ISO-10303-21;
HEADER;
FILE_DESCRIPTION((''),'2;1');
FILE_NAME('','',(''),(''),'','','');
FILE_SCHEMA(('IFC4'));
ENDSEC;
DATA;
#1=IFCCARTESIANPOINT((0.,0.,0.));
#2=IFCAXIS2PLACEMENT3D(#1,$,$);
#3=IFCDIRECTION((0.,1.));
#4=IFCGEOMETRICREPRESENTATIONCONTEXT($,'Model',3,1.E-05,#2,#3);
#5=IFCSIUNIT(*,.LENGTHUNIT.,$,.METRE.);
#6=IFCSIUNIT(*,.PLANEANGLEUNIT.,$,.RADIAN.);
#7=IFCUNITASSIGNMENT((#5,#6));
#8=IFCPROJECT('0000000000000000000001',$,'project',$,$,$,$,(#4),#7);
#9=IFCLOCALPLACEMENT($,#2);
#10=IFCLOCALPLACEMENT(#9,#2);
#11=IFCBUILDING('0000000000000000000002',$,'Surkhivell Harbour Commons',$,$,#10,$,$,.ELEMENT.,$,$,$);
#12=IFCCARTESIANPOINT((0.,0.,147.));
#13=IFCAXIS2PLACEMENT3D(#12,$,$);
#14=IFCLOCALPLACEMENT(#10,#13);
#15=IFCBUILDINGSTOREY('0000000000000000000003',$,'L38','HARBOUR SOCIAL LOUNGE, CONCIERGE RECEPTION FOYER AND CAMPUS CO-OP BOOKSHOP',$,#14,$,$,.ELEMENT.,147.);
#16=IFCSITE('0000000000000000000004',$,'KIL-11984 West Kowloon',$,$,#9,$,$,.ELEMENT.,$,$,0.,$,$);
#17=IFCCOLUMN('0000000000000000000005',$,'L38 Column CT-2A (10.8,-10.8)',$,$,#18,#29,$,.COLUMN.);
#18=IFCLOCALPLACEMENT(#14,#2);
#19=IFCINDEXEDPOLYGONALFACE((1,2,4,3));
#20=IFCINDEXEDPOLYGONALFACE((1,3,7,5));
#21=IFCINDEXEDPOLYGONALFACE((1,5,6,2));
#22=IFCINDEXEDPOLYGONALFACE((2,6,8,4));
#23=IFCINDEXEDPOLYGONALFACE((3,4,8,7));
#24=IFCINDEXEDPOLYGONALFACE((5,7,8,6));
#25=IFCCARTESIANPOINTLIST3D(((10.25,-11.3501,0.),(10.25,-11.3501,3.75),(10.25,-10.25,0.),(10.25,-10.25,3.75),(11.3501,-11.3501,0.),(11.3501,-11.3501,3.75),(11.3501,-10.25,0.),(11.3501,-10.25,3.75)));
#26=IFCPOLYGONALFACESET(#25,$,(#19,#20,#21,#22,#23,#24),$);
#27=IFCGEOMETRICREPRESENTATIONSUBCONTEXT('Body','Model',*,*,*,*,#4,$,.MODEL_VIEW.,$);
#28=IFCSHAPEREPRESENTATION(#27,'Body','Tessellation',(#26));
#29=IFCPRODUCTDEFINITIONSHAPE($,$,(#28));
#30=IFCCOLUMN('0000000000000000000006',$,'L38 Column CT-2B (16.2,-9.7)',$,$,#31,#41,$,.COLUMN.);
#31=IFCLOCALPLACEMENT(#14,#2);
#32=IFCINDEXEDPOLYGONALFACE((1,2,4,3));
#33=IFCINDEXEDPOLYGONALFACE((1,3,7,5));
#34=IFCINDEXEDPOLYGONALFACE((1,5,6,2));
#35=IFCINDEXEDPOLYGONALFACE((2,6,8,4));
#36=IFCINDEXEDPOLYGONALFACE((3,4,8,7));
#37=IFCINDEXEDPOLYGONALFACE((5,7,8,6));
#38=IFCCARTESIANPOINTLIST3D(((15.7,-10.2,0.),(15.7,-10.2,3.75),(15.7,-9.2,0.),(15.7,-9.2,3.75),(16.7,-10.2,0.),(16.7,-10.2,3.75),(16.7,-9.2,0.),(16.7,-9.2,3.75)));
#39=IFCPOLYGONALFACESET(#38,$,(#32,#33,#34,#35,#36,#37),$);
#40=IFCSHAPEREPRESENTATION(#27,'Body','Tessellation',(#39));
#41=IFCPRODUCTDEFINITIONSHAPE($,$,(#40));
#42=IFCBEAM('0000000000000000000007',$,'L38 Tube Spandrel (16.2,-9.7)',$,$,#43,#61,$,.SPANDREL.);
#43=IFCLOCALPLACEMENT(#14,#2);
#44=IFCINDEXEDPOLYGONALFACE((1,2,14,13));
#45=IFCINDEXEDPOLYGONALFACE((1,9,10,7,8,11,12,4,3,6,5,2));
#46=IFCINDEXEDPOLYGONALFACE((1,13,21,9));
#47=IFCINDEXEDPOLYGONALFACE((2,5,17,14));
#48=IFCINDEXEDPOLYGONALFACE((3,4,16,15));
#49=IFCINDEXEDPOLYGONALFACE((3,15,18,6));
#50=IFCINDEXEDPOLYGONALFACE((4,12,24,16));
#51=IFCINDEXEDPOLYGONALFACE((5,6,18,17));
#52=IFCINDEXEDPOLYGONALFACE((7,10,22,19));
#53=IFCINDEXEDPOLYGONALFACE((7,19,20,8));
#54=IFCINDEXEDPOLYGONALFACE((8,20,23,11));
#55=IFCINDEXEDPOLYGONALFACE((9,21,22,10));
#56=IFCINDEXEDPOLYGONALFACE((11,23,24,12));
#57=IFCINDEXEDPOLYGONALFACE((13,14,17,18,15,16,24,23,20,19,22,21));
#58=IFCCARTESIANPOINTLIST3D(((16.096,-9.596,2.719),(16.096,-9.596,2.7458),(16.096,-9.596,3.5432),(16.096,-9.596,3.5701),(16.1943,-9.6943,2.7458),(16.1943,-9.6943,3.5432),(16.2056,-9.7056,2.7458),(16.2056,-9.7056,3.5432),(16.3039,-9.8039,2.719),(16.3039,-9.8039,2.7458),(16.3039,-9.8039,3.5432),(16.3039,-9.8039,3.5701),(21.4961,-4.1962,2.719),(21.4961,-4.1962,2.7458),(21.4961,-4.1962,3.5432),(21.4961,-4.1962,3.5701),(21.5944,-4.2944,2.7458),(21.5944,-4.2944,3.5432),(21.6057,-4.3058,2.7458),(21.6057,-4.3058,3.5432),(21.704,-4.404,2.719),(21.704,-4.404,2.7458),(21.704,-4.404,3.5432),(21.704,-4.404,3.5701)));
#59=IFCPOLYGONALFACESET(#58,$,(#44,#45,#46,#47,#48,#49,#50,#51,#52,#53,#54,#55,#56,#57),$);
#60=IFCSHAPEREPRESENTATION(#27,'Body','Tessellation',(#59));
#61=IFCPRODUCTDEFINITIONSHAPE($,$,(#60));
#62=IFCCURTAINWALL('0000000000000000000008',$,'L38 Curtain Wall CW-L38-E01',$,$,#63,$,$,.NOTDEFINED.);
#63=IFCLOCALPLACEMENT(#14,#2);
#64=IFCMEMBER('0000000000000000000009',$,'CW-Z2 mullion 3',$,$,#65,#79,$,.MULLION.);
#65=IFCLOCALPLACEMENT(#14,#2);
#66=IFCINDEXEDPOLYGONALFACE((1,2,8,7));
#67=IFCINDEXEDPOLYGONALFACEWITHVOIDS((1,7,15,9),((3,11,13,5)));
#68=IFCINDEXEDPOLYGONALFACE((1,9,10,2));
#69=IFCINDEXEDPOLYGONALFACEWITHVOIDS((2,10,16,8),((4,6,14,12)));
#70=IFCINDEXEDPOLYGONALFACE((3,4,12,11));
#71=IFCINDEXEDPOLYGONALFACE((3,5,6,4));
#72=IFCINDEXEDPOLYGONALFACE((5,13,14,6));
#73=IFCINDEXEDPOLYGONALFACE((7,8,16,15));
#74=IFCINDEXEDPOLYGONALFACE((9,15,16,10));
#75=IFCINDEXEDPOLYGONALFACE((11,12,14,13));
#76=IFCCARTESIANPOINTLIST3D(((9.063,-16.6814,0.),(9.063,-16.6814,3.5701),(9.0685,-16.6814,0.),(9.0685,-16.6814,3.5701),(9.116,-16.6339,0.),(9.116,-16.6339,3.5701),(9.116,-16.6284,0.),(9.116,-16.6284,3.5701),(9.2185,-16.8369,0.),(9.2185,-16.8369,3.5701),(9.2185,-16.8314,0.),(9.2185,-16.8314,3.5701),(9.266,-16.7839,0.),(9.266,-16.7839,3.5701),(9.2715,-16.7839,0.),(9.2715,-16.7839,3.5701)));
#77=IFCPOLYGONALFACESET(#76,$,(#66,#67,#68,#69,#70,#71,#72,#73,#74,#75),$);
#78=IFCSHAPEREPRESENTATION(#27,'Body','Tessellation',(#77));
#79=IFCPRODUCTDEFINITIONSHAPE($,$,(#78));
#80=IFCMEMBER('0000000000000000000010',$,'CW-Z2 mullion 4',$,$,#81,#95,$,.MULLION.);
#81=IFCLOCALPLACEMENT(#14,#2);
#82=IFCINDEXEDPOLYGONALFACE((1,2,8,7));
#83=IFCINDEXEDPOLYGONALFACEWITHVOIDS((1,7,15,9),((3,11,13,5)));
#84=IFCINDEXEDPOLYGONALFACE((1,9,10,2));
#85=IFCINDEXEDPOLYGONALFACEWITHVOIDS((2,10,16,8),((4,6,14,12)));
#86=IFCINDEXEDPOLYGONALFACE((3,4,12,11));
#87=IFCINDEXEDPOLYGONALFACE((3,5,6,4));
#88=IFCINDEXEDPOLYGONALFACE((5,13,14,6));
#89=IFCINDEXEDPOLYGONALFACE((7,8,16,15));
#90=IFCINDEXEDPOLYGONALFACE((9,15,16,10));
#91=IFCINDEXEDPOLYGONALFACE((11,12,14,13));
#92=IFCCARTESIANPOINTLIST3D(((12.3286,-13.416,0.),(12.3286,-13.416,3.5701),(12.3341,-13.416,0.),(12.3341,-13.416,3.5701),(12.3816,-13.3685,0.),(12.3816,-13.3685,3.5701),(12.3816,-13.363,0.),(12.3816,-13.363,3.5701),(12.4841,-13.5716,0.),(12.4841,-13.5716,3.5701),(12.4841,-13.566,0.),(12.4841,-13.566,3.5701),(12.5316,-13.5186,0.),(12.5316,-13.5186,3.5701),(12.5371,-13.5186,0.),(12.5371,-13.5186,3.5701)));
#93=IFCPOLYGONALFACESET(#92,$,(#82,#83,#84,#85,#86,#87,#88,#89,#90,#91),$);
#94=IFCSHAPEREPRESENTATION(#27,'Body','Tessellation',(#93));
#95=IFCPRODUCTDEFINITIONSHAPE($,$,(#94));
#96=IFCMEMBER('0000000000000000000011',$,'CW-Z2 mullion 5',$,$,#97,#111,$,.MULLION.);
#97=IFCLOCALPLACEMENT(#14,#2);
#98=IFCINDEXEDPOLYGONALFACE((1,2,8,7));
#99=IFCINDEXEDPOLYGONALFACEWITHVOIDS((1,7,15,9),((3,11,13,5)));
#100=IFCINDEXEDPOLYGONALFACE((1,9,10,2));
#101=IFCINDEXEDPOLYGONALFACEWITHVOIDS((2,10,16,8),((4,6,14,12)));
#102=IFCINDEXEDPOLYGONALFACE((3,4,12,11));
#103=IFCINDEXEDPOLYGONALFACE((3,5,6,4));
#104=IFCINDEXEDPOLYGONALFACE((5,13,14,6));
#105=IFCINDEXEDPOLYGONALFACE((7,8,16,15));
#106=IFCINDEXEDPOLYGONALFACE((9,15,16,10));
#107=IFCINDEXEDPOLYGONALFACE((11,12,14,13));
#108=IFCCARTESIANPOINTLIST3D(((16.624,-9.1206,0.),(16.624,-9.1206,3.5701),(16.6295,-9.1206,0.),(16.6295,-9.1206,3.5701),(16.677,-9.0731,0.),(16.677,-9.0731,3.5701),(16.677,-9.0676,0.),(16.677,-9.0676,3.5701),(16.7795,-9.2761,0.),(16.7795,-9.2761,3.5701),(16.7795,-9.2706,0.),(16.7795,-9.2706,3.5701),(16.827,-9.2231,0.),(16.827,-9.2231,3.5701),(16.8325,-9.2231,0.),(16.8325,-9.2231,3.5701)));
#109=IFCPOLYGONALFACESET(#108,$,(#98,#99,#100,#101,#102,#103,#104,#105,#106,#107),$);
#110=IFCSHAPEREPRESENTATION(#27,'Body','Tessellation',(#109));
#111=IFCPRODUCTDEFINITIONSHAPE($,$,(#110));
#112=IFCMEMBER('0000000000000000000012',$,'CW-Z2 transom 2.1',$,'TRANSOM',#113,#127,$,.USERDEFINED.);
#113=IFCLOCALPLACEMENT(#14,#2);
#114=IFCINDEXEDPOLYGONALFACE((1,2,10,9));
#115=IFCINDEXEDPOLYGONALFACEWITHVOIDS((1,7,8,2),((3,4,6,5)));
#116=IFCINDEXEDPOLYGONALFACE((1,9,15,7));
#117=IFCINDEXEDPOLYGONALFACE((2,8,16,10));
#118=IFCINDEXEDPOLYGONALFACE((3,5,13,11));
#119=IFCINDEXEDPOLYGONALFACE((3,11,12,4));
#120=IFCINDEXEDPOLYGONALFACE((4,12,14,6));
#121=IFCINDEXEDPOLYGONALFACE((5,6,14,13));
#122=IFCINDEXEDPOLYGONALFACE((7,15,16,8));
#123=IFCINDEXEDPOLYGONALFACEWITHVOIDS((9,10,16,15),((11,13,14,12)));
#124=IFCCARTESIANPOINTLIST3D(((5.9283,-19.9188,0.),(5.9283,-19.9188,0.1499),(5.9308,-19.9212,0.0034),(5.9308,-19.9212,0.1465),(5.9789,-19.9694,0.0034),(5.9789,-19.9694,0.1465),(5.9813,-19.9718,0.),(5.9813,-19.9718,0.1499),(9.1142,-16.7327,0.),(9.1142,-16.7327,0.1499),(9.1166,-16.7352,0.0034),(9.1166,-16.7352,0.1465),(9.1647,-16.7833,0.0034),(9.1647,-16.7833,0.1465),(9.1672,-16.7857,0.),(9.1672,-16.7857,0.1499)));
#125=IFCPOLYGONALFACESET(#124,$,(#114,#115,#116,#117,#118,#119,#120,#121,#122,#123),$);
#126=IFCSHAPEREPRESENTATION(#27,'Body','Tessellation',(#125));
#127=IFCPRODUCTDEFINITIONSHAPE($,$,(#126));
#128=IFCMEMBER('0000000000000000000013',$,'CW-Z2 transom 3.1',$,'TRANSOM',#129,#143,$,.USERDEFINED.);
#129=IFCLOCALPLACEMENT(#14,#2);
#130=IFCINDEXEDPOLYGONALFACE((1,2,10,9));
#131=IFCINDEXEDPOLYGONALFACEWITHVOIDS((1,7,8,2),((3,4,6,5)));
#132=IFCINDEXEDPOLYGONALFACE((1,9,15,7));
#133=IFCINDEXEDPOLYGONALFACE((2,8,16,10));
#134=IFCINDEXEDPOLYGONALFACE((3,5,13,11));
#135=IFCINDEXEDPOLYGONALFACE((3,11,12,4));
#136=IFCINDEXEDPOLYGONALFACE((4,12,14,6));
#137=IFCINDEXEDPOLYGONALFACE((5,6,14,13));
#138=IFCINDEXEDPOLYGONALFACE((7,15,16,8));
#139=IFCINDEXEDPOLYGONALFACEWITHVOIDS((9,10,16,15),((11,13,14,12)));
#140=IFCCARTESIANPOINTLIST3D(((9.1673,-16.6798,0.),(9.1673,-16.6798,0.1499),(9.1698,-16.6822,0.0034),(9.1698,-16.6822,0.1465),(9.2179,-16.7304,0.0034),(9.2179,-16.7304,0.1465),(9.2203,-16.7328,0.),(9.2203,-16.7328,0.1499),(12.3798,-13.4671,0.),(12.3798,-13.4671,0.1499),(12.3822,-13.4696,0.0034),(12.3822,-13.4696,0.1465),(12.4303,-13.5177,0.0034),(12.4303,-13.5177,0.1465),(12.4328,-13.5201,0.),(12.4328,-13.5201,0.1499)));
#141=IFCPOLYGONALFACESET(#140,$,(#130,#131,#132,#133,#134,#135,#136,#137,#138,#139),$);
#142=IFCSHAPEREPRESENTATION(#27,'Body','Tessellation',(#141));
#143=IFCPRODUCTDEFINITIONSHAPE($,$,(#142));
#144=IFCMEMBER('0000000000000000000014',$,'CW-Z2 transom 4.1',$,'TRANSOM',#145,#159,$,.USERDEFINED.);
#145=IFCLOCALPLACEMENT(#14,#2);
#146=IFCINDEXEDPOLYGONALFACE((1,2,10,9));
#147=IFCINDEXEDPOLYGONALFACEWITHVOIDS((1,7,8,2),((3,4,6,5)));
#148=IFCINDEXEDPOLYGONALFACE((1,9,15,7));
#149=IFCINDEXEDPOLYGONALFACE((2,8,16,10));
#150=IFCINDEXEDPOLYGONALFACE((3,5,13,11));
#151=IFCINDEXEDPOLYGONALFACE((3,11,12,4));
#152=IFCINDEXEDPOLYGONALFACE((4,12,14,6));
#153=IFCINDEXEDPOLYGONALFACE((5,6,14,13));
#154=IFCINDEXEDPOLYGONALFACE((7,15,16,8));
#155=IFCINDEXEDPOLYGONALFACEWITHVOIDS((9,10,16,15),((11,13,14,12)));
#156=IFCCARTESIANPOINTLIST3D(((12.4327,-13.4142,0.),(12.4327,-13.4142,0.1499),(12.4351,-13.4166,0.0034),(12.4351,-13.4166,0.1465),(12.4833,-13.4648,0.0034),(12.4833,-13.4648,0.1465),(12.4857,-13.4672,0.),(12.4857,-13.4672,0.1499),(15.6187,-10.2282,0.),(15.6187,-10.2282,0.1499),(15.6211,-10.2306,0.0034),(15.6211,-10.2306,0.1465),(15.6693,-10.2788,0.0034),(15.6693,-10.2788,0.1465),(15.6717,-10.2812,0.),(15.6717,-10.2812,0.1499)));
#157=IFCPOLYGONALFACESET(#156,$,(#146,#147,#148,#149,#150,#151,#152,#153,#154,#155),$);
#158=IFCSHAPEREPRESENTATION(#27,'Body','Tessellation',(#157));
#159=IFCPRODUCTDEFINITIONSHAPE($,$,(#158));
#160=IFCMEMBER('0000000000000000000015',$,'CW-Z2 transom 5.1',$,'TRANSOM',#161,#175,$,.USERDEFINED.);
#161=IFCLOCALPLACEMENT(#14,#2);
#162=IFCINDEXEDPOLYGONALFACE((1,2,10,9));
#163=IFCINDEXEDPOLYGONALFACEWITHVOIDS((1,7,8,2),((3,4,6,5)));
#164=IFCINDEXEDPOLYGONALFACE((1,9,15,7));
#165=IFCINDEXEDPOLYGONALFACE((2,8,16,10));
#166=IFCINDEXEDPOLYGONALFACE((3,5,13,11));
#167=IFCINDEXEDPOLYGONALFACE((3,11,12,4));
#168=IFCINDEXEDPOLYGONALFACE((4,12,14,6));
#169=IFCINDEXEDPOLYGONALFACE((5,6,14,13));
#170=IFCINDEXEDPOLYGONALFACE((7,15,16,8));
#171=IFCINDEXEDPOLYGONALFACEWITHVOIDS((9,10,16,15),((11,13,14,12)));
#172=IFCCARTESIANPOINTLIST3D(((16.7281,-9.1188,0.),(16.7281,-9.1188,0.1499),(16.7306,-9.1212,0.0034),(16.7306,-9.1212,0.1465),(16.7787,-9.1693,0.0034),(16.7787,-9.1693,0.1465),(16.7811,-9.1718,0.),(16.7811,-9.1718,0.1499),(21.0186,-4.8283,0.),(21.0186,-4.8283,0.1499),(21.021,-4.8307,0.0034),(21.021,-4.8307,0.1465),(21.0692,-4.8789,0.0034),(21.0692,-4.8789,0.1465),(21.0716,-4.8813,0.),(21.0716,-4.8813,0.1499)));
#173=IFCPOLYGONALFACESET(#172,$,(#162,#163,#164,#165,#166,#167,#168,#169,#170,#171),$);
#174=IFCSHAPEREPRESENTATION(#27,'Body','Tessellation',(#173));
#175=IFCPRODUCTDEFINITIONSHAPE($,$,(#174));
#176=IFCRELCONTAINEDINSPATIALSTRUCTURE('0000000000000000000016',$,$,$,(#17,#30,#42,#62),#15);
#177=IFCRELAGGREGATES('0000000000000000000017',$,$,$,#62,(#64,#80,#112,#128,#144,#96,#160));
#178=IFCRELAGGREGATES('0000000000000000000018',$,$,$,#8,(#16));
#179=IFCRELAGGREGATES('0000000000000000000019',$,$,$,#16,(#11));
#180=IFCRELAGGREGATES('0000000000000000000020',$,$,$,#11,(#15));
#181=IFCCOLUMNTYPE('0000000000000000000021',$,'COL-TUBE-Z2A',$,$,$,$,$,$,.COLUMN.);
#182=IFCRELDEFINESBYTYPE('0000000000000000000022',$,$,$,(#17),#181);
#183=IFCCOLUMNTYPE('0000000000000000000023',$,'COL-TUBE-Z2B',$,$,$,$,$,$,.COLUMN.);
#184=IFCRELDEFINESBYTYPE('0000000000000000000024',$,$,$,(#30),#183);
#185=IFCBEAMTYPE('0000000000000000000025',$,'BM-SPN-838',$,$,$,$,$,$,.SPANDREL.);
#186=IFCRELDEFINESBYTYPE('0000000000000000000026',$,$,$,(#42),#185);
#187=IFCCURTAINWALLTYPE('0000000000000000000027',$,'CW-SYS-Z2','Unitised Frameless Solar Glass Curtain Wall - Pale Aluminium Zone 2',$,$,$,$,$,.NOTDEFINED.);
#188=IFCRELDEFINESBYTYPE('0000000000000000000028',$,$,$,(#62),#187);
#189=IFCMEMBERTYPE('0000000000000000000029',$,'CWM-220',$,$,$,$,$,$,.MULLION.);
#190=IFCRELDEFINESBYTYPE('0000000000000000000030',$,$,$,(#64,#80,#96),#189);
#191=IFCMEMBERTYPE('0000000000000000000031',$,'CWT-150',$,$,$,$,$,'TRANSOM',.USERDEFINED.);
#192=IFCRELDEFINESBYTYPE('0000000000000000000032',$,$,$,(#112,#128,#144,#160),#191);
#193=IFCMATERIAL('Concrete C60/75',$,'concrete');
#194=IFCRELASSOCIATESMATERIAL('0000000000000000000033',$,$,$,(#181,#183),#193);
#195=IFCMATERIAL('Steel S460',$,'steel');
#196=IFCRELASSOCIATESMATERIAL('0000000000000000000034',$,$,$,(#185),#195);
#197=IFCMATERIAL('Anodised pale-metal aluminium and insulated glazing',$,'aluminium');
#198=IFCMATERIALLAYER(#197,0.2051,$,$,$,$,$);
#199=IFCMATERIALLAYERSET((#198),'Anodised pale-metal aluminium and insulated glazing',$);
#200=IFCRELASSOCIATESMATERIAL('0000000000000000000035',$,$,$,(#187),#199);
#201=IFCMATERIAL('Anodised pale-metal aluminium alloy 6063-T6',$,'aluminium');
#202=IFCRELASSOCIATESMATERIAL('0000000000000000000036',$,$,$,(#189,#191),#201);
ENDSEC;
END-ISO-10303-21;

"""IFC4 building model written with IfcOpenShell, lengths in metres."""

from ifc_helpers import new_model, si_unit, direction, frame, origin, origin_2d, place, context, subcontext, project, spatial, rectangle, hollow_rectangle, i_section, extrude, material, layer, layer_set, material_profile, profile_set, type_object, element, aggregate, save


model = new_model("IFC4")

# Units and contexts
model_context = context("Model", 3, precision=1e-05, world=origin(), true_north=direction((0.0, 1.0)))
body_context = subcontext(model_context, "Body", "Model", "MODEL_VIEW")
ifc_project = project(units=[si_unit("LENGTHUNIT", "METRE"), si_unit("PLANEANGLEUNIT", "RADIAN")], contexts=[model_context])

# Site, building, storey
site_placement = place(None, origin())
site = spatial("IfcSite", under=ifc_project, at=site_placement, Name="KIL-11984 West Kowloon", CompositionType="ELEMENT", RefElevation=0.0)
building_placement = place(site_placement, origin())
building = spatial("IfcBuilding", under=site, at=building_placement, Name="Surkhivell Harbour Commons", CompositionType="ELEMENT")
storey_placement = place(building_placement, frame((0.0, 0.0, 147.0)))
storey = spatial("IfcBuildingStorey", under=building, at=storey_placement, Name="L38", Description="HARBOUR SOCIAL LOUNGE, CONCIERGE RECEPTION FOYER AND CAMPUS CO-OP BOOKSHOP", CompositionType="ELEMENT", Elevation=147.0)

# Columns
ifc_material_1 = material(Name="Concrete C60/75", Category="concrete")
ifc_material_profile_1 = material_profile(ifc_material_1, rectangle(XDim=1.1001, YDim=1.1001, at=origin_2d()), Name="RC-COL-1100x1100")
ifc_profile_set_1 = profile_set([ifc_material_profile_1], Name="Concrete C60/75")
column_type_1 = type_object("IfcColumnType", Name="COL-TUBE-Z2A", PredefinedType="COLUMN", material=ifc_profile_set_1)
column_1_placement = place(storey_placement, frame((10.8, -10.8, 0.0), z_axis=(0.0, 0.0, 1.0), x_axis=(1.0, 0.0, 0.0)))
element("IfcColumn", 1, at=column_1_placement, inside=storey, type_object=column_type_1, Name="L38 Column CT-2A (10.8,-10.8)", PredefinedType="COLUMN", context=body_context, shape_type="SweptSolid", body=[
    extrude(rectangle(XDim=1.1001, YDim=1.1001, at=origin_2d()), origin(), (0.0, 0.0, 1.0), 3.75),
])
ifc_material_profile_2 = material_profile(ifc_material_1, rectangle(XDim=1.0, YDim=1.0, at=origin_2d()), Name="RC-COL-1000x1000")
ifc_profile_set_2 = profile_set([ifc_material_profile_2], Name="Concrete C60/75")
column_type_2 = type_object("IfcColumnType", Name="COL-TUBE-Z2B", PredefinedType="COLUMN", material=ifc_profile_set_2)
column_2_placement = place(storey_placement, frame((16.2, -9.7, 0.0), z_axis=(0.0, 0.0, 1.0), x_axis=(1.0, 0.0, 0.0)))
element("IfcColumn", 2, at=column_2_placement, inside=storey, type_object=column_type_2, Name="L38 Column CT-2B (16.2,-9.7)", PredefinedType="COLUMN", context=body_context, shape_type="SweptSolid", body=[
    extrude(rectangle(XDim=1.0, YDim=1.0, at=origin_2d()), origin(), (0.0, 0.0, 1.0), 3.75),
])

# Beam
ifc_material_2 = material(Name="Steel S460", Category="steel")
ifc_material_profile_3 = material_profile(ifc_material_2, i_section(OverallWidth=0.2939, OverallDepth=0.8511, WebThickness=0.0161, FlangeThickness=0.0269, at=origin_2d()), Name="UB838x292x226")
ifc_profile_set_3 = profile_set([ifc_material_profile_3], Name="Steel S460")
beam_type = type_object("IfcBeamType", Name="BM-SPN-838", PredefinedType="SPANDREL", material=ifc_profile_set_3)
beam_placement = place(storey_placement, frame((16.2, -9.7, 3.1445), z_axis=(0.707123, 0.707091, 0.0), x_axis=(-0.707091, 0.707123, 0.0)))
element("IfcBeam", 3, at=beam_placement, inside=storey, type_object=beam_type, Name="L38 Tube Spandrel (16.2,-9.7)", PredefinedType="SPANDREL", context=body_context, shape_type="SweptSolid", body=[
    extrude(i_section(OverallWidth=0.2939, OverallDepth=0.8511, WebThickness=0.0161, FlangeThickness=0.0269, at=origin_2d()), origin(), (0.0, 0.0, 1.0), 7.6367),
])

# Curtain wall, members
ifc_material_3 = material(Name="Anodised pale-metal aluminium and insulated glazing", Category="aluminium")
ifc_layer_1 = layer(ifc_material_3, 0.2051)
ifc_layer_set_1 = layer_set([ifc_layer_1], Name="Anodised pale-metal aluminium and insulated glazing")
curtain_wall_type = type_object("IfcCurtainWallType", Name="CW-SYS-Z2", Description="Unitised Frameless Solar Glass Curtain Wall - Pale Aluminium Zone 2", PredefinedType="NOTDEFINED", material=ifc_layer_set_1)
curtain_wall_placement = place(storey_placement, origin())
curtain_wall = element("IfcCurtainWall", 4, at=curtain_wall_placement, inside=storey, type_object=curtain_wall_type, Name="L38 Curtain Wall CW-L38-E01", PredefinedType="NOTDEFINED")
ifc_material_4 = material(Name="Anodised pale-metal aluminium alloy 6063-T6", Category="aluminium")
ifc_material_profile_4 = material_profile(ifc_material_4, hollow_rectangle(XDim=0.075, YDim=0.22, WallThickness=0.0039, at=origin_2d()), Name="ALU-MULL-75x220")
ifc_profile_set_4 = profile_set([ifc_material_profile_4], Name="Anodised pale-metal aluminium alloy 6063-T6")
member_type_1 = type_object("IfcMemberType", Name="CWM-220", PredefinedType="MULLION", material=ifc_profile_set_4)
member_1_placement = place(storey_placement, frame((9.1672, -16.7327, 0.0), z_axis=(0.0, 0.0, 1.0), x_axis=(0.707107, 0.707107, 0.0)))
member_1 = element("IfcMember", 5, at=member_1_placement, type_object=member_type_1, Name="CW-Z2 mullion 3", PredefinedType="MULLION", context=body_context, shape_type="SweptSolid", body=[
    extrude(hollow_rectangle(XDim=0.075, YDim=0.22, WallThickness=0.0039, at=origin_2d()), origin(), (0.0, 0.0, 1.0), 3.5701),
])
member_2_placement = place(storey_placement, frame((12.4329, -13.4673, 0.0), z_axis=(0.0, 0.0, 1.0), x_axis=(0.707107, 0.707107, 0.0)))
member_2 = element("IfcMember", 6, at=member_2_placement, type_object=member_type_1, Name="CW-Z2 mullion 4", PredefinedType="MULLION", context=body_context, shape_type="SweptSolid", body=[
    extrude(hollow_rectangle(XDim=0.075, YDim=0.22, WallThickness=0.0039, at=origin_2d()), origin(), (0.0, 0.0, 1.0), 3.5701),
])
member_3_placement = place(storey_placement, frame((16.7283, -9.1719, 0.0), z_axis=(0.0, 0.0, 1.0), x_axis=(0.707107, 0.707107, 0.0)))
member_3 = element("IfcMember", 7, at=member_3_placement, type_object=member_type_1, Name="CW-Z2 mullion 5", PredefinedType="MULLION", context=body_context, shape_type="SweptSolid", body=[
    extrude(hollow_rectangle(XDim=0.075, YDim=0.22, WallThickness=0.0039, at=origin_2d()), origin(), (0.0, 0.0, 1.0), 3.5701),
])
ifc_material_profile_5 = material_profile(ifc_material_4, hollow_rectangle(XDim=0.075, YDim=0.1499, WallThickness=0.0034, at=origin_2d()), Name="ALU-TRAN-75x150")
ifc_profile_set_5 = profile_set([ifc_material_profile_5], Name="Anodised pale-metal aluminium alloy 6063-T6")
member_type_2 = type_object("IfcMemberType", Name="CWT-150", ElementType="TRANSOM", PredefinedType="USERDEFINED", material=ifc_profile_set_5)
member_4_placement = place(storey_placement, frame((5.9548, -19.9453, 0.075), z_axis=(0.70708, 0.707134, 0.0), x_axis=(-0.707134, 0.70708, 0.0)))
member_4 = element("IfcMember", 8, at=member_4_placement, type_object=member_type_2, Name="CW-Z2 transom 2.1", ObjectType="TRANSOM", PredefinedType="USERDEFINED", context=body_context, shape_type="SweptSolid", body=[
    extrude(hollow_rectangle(XDim=0.075, YDim=0.1499, WallThickness=0.0034, at=origin_2d()), origin(), (0.0, 0.0, 1.0), 4.5056),
])
member_5_placement = place(storey_placement, frame((9.1938, -16.7063, 0.075), z_axis=(0.70708, 0.707134, 0.0), x_axis=(-0.707134, 0.70708, 0.0)))
member_5 = element("IfcMember", 9, at=member_5_placement, type_object=member_type_2, Name="CW-Z2 transom 3.1", ObjectType="TRANSOM", PredefinedType="USERDEFINED", context=body_context, shape_type="SweptSolid", body=[
    extrude(hollow_rectangle(XDim=0.075, YDim=0.1499, WallThickness=0.0034, at=origin_2d()), origin(), (0.0, 0.0, 1.0), 4.5432),
])
member_6_placement = place(storey_placement, frame((12.4592, -13.4407, 0.075), z_axis=(0.707107, 0.707107, 0.0), x_axis=(-0.707107, 0.707107, 0.0)))
member_6 = element("IfcMember", 10, at=member_6_placement, type_object=member_type_2, Name="CW-Z2 transom 4.1", ObjectType="TRANSOM", PredefinedType="USERDEFINED", context=body_context, shape_type="SweptSolid", body=[
    extrude(hollow_rectangle(XDim=0.075, YDim=0.1499, WallThickness=0.0034, at=origin_2d()), origin(), (0.0, 0.0, 1.0), 4.5056),
])
member_7_placement = place(storey_placement, frame((16.7546, -9.1453, 0.075), z_axis=(0.707107, 0.707107, 0.0), x_axis=(-0.707107, 0.707107, 0.0)))
member_7 = element("IfcMember", 11, at=member_7_placement, type_object=member_type_2, Name="CW-Z2 transom 5.1", ObjectType="TRANSOM", PredefinedType="USERDEFINED", context=body_context, shape_type="SweptSolid", body=[
    extrude(hollow_rectangle(XDim=0.075, YDim=0.1499, WallThickness=0.0034, at=origin_2d()), origin(), (0.0, 0.0, 1.0), 6.0676),
])
aggregate(curtain_wall, [member_1, member_2, member_4, member_5, member_6, member_3, member_7])

save(model, "model.ifc")
